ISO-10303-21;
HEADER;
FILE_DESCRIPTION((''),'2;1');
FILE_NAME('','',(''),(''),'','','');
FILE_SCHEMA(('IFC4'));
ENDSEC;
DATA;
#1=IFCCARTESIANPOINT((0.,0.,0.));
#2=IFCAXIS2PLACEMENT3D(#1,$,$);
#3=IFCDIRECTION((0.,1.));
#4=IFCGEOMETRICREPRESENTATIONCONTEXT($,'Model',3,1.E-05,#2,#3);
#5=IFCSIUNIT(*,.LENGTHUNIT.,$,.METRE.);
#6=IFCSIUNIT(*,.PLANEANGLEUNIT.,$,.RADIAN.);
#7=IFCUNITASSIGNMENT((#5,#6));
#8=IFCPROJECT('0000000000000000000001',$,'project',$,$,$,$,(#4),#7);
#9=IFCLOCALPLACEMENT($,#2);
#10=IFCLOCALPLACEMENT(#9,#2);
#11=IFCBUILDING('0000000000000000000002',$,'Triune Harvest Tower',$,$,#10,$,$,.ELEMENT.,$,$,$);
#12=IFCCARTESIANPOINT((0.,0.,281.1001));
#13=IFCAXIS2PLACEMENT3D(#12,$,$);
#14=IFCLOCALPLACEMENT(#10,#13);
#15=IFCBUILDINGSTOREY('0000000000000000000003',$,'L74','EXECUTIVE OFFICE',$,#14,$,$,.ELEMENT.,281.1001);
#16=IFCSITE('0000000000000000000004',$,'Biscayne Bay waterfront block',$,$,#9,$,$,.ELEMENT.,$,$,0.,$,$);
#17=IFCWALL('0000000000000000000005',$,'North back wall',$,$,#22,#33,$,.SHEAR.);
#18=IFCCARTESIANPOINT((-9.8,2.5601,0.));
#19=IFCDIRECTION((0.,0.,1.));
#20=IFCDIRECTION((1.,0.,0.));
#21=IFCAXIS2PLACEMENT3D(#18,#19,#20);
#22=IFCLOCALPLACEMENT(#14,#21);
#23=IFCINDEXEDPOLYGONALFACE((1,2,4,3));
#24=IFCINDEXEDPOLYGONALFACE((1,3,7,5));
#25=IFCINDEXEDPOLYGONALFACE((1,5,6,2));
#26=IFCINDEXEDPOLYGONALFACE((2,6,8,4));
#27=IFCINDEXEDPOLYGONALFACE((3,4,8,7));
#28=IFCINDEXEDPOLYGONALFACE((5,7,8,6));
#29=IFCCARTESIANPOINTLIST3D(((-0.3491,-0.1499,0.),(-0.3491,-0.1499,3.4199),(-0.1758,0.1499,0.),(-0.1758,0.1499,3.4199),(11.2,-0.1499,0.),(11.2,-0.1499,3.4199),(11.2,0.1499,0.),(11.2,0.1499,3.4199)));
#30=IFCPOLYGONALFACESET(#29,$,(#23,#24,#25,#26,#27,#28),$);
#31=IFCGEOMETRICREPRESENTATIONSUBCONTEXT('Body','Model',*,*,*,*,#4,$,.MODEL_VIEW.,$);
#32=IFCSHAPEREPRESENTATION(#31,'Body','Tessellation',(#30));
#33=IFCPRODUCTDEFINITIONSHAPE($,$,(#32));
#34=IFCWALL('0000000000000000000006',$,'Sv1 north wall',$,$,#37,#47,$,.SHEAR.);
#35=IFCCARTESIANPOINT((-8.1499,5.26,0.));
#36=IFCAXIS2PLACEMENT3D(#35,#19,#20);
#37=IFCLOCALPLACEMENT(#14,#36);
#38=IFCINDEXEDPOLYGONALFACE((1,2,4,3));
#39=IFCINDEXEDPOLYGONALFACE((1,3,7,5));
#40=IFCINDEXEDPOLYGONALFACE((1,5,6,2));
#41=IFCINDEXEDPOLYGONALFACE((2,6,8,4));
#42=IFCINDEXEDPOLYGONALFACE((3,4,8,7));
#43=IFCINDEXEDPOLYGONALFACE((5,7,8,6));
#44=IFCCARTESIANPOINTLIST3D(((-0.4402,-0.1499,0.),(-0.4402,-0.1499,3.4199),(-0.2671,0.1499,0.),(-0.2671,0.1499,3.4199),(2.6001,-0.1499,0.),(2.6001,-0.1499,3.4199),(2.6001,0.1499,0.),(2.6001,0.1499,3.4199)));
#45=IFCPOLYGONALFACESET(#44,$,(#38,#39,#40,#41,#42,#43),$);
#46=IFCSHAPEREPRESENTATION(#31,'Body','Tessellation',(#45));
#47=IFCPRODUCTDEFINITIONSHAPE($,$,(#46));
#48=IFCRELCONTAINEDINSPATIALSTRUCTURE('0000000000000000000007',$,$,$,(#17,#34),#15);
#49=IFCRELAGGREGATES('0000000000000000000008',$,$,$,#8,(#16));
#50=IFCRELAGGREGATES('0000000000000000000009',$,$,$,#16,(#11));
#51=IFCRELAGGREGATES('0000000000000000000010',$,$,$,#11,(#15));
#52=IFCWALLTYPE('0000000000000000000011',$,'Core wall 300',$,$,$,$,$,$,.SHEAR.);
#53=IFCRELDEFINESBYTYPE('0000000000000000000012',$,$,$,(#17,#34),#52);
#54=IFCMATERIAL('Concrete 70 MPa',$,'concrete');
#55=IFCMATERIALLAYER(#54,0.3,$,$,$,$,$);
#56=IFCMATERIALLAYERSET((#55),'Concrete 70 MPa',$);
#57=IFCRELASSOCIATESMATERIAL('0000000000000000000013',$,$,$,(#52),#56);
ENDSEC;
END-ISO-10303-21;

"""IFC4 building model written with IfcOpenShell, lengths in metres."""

from ifc_helpers import new_model, si_unit, direction, frame, origin, place, context, subcontext, project, spatial, polyline, outline, extrude, material, layer, layer_set, type_object, element, save


model = new_model("IFC4")

# Units and contexts
model_context = context("Model", 3, precision=1e-05, world=origin(), true_north=direction((0.0, 1.0)))
body_context = subcontext(model_context, "Body", "Model", "MODEL_VIEW")
ifc_project = project(units=[si_unit("LENGTHUNIT", "METRE"), si_unit("PLANEANGLEUNIT", "RADIAN")], contexts=[model_context])

# Site, building, storey
site_placement = place(None, origin())
site = spatial("IfcSite", under=ifc_project, at=site_placement, Name="Biscayne Bay waterfront block", CompositionType="ELEMENT", RefElevation=0.0)
building_placement = place(site_placement, origin())
building = spatial("IfcBuilding", under=site, at=building_placement, Name="Triune Harvest Tower", CompositionType="ELEMENT")
storey_placement = place(building_placement, frame((0.0, 0.0, 281.1001)))
storey = spatial("IfcBuildingStorey", under=building, at=storey_placement, Name="L74", Description="EXECUTIVE OFFICE", CompositionType="ELEMENT", Elevation=281.1001)

# Shared definitions
ifc_material_1 = material(Name="Concrete 70 MPa", Category="concrete")
ifc_layer_1 = layer(ifc_material_1, 0.3)
ifc_layer_set_1 = layer_set([ifc_layer_1], Name="Concrete 70 MPa")
wall_type_1 = type_object("IfcWallType", Name="Core wall 300", PredefinedType="SHEAR", material=ifc_layer_set_1)

# Walls
wall_1_placement = place(storey_placement, frame((-9.8, 2.5601, 0.0), z_axis=(0.0, 0.0, 1.0), x_axis=(1.0, 0.0, 0.0)))
element("IfcWall", 1, at=wall_1_placement, inside=storey, type_object=wall_type_1, Name="North back wall", PredefinedType="SHEAR", context=body_context, shape_type="SweptSolid", body=[
    extrude(outline(polyline([(11.2, -0.1499), (-0.3491, -0.1499), (-0.1758, 0.1499), (11.2, 0.1499), (11.2, -0.1499)])), origin(), (0.0, 0.0, 1.0), 3.4199),
])
wall_2_placement = place(storey_placement, frame((-8.1499, 5.26, 0.0), z_axis=(0.0, 0.0, 1.0), x_axis=(1.0, 0.0, 0.0)))
element("IfcWall", 2, at=wall_2_placement, inside=storey, type_object=wall_type_1, Name="Sv1 north wall", PredefinedType="SHEAR", context=body_context, shape_type="SweptSolid", body=[
    extrude(outline(polyline([(2.6001, -0.1499), (-0.4402, -0.1499), (-0.2671, 0.1499), (2.6001, 0.1499), (2.6001, -0.1499)])), origin(), (0.0, 0.0, 1.0), 3.4199),
])

save(model, "model.ifc")
